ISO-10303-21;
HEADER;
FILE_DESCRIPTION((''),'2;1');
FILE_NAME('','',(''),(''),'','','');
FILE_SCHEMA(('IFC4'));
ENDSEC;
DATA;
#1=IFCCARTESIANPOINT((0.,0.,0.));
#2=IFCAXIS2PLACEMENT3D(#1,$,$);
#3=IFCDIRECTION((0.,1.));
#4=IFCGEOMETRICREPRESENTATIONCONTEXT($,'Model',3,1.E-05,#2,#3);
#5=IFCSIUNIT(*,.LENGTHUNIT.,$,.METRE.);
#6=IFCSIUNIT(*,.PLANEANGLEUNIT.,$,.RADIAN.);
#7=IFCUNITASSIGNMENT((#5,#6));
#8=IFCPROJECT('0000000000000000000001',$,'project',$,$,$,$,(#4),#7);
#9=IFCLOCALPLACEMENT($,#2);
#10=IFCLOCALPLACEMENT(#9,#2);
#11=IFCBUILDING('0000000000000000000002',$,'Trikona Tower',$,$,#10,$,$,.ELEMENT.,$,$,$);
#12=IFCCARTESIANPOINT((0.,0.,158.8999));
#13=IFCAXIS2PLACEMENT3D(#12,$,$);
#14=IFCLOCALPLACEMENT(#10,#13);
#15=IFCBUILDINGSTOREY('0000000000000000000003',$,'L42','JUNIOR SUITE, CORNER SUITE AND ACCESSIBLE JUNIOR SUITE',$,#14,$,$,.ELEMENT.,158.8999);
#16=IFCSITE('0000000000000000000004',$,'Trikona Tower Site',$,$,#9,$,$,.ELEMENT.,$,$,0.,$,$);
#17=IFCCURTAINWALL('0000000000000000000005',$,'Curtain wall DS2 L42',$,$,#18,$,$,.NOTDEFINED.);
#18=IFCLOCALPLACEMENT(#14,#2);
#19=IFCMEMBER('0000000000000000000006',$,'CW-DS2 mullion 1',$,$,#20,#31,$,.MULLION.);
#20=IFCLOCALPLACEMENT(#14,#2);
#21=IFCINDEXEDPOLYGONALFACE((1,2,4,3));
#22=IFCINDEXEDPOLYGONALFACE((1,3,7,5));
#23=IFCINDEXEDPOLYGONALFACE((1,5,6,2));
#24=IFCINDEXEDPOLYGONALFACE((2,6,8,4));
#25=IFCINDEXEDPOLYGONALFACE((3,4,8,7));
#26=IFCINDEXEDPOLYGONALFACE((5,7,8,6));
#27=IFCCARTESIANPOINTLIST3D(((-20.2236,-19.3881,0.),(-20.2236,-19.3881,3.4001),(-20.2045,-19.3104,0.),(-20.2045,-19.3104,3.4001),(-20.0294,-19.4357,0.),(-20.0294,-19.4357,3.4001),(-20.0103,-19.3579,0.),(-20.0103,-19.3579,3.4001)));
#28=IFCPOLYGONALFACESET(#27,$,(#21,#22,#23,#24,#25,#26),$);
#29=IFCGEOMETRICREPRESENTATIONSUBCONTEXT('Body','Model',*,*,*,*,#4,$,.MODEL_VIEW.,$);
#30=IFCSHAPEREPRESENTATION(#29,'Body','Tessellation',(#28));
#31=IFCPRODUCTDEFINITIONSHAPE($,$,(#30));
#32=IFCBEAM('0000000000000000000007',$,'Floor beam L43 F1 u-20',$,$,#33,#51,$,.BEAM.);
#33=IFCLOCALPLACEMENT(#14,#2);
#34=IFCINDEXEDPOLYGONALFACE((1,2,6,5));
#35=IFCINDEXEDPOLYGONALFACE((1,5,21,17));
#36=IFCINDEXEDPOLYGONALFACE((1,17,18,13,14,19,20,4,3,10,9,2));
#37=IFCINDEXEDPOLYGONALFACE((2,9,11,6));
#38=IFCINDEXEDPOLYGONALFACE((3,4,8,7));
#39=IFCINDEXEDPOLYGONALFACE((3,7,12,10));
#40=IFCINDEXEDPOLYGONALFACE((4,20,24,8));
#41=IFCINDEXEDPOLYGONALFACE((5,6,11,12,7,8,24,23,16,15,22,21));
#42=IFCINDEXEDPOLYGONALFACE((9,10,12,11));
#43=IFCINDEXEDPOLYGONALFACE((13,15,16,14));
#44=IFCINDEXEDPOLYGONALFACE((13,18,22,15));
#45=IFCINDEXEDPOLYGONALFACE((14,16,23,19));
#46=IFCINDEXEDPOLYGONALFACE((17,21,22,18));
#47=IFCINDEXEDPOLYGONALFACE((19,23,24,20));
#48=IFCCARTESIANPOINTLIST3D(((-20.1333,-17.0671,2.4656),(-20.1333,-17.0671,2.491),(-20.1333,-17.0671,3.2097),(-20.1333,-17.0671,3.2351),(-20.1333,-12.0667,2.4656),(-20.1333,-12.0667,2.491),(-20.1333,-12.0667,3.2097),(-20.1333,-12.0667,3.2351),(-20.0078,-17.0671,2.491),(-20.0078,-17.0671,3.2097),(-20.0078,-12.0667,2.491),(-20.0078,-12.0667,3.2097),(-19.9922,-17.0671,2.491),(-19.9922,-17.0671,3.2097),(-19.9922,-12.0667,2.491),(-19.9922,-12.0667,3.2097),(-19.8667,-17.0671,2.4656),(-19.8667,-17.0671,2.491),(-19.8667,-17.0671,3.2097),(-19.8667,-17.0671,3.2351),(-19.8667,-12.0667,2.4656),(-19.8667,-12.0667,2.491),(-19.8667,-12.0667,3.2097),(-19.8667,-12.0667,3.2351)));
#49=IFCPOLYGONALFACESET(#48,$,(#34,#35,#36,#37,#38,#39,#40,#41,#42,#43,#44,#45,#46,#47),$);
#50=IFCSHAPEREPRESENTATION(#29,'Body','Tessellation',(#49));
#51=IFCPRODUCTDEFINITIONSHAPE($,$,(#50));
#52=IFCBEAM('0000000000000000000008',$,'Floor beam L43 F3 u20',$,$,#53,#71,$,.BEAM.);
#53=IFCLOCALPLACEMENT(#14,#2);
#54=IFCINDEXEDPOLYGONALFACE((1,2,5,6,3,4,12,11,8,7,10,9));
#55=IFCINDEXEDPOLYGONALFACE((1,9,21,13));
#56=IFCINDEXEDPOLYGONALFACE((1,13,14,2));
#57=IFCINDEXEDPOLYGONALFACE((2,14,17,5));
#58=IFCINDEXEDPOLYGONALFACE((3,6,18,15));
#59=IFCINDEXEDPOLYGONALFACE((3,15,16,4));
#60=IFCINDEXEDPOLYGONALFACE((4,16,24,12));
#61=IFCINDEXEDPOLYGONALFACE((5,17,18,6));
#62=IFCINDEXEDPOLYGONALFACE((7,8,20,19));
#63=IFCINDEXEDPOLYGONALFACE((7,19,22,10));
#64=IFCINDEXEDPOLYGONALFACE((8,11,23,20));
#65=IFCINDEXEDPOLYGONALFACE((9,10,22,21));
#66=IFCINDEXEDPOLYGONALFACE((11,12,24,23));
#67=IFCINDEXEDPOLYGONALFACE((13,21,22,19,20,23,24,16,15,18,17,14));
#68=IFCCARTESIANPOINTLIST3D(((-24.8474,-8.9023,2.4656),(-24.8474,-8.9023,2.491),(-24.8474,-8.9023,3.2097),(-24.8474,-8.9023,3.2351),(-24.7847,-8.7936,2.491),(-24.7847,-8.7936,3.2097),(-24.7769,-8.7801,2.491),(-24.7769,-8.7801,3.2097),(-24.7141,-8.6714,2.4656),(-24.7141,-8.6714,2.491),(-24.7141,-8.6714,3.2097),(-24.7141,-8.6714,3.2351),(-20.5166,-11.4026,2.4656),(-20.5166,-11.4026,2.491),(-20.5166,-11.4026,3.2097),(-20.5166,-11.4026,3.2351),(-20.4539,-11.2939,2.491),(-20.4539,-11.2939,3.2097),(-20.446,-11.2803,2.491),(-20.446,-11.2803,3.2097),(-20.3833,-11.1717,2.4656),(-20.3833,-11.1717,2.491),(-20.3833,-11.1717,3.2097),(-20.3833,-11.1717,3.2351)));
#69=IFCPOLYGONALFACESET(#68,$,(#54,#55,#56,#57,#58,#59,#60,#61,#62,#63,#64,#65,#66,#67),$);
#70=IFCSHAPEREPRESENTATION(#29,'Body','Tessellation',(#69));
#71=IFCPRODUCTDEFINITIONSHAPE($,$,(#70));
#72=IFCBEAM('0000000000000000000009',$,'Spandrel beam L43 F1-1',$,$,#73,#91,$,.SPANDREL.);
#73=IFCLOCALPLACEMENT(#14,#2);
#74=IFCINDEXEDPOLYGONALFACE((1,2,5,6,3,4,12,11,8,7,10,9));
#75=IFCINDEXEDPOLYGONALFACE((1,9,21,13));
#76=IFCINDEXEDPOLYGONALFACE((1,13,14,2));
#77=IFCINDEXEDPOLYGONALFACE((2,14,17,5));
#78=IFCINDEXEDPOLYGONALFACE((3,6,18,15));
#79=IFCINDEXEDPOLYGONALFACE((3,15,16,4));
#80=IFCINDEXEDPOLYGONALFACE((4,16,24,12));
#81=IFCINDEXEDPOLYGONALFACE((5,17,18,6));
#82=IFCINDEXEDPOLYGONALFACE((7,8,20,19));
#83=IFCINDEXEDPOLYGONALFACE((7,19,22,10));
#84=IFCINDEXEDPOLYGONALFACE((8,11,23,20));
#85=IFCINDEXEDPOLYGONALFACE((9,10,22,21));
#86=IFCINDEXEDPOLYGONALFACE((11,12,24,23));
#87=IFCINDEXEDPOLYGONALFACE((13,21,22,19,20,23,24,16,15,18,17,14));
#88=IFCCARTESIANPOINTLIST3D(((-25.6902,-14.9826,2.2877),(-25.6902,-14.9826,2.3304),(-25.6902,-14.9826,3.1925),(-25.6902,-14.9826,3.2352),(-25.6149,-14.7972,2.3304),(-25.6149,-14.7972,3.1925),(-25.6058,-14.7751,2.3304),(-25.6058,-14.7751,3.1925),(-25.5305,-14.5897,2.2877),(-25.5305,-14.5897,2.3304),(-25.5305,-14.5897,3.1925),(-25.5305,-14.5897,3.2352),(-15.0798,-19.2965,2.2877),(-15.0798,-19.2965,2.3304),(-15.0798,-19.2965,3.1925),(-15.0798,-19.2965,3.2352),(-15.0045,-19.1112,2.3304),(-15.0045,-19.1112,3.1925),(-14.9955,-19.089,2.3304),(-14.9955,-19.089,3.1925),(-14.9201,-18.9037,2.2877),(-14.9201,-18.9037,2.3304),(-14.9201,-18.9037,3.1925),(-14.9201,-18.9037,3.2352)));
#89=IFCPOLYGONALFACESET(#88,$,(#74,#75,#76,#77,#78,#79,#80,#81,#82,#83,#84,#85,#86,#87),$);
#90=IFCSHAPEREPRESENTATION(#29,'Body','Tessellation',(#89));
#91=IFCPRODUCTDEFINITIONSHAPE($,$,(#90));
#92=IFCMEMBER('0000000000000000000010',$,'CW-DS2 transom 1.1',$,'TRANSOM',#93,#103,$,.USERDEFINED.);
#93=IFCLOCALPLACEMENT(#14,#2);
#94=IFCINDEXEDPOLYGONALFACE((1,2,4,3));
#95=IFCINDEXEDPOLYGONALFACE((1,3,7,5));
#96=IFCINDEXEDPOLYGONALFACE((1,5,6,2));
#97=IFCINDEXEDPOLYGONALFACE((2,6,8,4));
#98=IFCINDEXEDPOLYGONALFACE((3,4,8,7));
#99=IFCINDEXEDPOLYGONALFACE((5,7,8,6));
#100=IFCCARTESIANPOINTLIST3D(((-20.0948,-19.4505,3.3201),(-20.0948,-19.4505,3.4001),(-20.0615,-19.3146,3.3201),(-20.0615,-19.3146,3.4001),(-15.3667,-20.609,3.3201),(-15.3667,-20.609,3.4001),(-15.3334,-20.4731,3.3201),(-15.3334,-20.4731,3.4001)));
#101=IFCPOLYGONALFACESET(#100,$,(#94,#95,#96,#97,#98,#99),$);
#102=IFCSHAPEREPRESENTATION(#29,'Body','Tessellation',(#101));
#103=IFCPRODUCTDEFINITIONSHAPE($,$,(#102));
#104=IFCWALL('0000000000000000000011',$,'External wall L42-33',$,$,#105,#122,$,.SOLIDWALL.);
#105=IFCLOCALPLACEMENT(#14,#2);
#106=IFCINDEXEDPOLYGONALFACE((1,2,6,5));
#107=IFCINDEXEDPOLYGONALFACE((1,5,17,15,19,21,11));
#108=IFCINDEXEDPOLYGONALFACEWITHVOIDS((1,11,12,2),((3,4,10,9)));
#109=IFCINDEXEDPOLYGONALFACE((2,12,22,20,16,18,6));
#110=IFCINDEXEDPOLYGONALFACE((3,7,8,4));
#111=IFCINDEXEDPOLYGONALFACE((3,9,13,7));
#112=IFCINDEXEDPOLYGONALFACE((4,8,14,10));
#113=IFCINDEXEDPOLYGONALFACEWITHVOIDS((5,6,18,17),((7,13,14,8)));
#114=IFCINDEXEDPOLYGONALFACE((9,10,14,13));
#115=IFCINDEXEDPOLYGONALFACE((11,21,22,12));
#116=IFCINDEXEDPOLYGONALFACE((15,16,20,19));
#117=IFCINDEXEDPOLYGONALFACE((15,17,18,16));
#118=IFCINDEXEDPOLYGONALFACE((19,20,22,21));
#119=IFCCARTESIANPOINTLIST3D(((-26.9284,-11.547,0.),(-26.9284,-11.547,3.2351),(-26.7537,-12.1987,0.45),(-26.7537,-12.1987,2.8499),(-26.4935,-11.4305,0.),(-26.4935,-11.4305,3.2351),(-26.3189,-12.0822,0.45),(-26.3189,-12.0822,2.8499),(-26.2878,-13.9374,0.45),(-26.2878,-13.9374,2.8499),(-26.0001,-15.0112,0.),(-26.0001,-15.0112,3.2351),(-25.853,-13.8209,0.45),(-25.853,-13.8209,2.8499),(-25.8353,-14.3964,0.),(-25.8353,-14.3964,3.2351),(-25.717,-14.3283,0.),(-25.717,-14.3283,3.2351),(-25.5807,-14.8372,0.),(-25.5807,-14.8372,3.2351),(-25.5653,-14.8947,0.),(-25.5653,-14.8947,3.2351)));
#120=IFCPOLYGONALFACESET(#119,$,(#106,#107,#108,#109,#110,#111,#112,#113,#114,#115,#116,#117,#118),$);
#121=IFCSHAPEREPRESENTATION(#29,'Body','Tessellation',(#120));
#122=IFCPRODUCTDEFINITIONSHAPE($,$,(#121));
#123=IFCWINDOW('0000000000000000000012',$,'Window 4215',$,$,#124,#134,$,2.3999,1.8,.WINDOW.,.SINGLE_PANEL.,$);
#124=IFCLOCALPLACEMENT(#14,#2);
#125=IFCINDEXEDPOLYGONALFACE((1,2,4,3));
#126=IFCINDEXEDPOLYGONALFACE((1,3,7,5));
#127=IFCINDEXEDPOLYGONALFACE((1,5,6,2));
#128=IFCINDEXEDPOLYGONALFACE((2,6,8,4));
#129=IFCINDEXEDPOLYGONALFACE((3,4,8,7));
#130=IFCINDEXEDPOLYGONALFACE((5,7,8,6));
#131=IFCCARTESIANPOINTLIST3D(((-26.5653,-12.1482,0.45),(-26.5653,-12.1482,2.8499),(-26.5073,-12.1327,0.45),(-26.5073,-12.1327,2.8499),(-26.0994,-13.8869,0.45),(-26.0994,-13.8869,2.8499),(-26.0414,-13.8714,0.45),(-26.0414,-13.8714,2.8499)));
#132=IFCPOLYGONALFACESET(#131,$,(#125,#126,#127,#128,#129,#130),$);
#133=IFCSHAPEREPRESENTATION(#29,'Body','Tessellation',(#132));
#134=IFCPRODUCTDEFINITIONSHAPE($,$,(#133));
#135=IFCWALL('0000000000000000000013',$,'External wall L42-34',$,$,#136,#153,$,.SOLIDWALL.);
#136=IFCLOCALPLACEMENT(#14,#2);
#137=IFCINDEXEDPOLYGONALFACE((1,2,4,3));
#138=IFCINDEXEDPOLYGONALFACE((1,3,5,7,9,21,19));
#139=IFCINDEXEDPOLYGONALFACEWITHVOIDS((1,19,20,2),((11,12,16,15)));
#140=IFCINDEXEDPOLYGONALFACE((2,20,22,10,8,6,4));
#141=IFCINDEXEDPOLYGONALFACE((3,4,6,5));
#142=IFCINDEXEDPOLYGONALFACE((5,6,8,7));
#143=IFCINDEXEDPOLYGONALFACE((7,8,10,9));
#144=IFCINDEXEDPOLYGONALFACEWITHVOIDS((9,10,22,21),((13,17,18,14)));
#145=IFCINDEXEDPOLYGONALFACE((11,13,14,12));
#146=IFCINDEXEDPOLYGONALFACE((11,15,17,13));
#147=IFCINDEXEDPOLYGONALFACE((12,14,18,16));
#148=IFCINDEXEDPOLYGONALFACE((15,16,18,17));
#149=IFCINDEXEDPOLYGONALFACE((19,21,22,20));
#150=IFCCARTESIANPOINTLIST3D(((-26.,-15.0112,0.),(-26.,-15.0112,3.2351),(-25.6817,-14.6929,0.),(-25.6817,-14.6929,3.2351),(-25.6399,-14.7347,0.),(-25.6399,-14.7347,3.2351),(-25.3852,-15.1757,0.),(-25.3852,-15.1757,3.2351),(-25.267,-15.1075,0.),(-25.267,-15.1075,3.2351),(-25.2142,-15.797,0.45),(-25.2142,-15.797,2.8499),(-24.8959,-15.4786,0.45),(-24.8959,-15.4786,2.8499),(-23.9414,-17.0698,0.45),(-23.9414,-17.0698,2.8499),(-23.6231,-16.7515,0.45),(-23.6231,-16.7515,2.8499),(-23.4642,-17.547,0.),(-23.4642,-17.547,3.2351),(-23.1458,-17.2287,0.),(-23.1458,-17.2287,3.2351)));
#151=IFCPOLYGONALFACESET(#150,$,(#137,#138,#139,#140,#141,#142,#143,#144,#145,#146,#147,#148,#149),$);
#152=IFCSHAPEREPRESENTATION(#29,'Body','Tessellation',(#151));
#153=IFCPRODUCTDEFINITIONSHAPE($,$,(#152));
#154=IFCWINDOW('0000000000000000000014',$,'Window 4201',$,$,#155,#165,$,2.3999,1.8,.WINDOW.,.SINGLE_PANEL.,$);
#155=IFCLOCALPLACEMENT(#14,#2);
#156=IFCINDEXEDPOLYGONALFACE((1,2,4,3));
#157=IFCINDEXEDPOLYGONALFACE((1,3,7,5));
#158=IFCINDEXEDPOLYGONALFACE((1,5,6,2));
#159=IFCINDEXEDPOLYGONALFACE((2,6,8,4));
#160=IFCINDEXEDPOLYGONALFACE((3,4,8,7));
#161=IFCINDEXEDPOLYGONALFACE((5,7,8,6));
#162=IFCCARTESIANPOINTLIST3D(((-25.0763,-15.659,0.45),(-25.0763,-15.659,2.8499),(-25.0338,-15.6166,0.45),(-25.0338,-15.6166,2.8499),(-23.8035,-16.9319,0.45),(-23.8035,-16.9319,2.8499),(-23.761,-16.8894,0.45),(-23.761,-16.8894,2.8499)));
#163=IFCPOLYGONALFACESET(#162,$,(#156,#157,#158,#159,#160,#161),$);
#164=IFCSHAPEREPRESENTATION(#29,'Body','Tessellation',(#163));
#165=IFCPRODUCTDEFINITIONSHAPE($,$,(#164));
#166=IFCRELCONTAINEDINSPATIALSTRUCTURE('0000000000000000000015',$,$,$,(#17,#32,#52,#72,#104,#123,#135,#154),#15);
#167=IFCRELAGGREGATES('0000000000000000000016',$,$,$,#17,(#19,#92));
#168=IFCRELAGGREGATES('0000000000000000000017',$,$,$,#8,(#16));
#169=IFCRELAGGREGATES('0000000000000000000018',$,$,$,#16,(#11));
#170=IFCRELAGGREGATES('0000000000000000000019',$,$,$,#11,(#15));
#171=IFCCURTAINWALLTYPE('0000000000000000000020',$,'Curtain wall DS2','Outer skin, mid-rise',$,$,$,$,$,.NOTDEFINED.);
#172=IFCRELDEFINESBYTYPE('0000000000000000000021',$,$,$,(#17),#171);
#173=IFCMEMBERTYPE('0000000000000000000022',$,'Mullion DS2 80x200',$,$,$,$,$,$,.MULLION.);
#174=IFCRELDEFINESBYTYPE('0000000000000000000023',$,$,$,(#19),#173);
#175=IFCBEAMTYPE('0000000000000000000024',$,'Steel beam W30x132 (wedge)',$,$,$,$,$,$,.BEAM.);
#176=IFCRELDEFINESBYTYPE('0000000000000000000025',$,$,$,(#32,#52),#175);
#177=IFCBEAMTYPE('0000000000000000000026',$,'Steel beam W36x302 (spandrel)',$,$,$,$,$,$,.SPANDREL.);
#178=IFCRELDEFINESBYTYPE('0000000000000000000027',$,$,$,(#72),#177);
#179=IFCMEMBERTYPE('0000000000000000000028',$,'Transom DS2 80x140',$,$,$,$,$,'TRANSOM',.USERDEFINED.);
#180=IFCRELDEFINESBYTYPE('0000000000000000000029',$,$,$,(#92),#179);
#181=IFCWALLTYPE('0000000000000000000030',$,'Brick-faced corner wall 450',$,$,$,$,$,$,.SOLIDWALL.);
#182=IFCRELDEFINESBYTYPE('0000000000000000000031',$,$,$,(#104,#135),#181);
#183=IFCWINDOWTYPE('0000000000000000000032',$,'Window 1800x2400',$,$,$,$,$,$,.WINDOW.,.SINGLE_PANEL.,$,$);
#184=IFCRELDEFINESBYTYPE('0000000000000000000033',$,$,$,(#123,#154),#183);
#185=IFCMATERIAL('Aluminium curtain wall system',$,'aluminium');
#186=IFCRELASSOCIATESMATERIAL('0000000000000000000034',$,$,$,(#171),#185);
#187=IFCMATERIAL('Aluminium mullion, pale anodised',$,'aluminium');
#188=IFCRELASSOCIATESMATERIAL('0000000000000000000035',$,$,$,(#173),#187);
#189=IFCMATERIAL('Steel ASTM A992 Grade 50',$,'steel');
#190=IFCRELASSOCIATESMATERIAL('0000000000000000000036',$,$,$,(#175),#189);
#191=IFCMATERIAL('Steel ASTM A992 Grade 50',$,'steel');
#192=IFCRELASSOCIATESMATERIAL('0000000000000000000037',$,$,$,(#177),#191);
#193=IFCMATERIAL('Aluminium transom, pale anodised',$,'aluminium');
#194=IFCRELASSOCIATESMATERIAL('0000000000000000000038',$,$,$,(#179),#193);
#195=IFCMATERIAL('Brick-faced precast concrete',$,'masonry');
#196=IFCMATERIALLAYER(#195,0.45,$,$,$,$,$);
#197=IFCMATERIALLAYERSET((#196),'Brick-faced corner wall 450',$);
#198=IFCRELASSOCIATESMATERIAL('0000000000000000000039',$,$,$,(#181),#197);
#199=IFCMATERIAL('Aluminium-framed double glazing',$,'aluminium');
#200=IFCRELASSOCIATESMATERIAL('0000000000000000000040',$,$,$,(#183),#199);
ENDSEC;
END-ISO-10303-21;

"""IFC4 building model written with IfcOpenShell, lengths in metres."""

from ifc_helpers import new_model, si_unit, direction, frame, frame_2d, origin, origin_2d, place, context, subcontext, project, spatial, polyline, rectangle, i_section, outline, extrude, material, layer, layer_set, material_profile, profile_set, type_object, element, fill, aggregate, save


model = new_model("IFC4")

# Units and contexts
model_context = context("Model", 3, precision=1e-05, world=origin(), true_north=direction((0.0, 1.0)))
body_context = subcontext(model_context, "Body", "Model", "MODEL_VIEW")
ifc_project = project(units=[si_unit("LENGTHUNIT", "METRE"), si_unit("PLANEANGLEUNIT", "RADIAN")], contexts=[model_context])

# Site, building, storey
site_placement = place(None, origin())
site = spatial("IfcSite", under=ifc_project, at=site_placement, Name="Trikona Tower Site", CompositionType="ELEMENT", RefElevation=0.0)
building_placement = place(site_placement, origin())
building = spatial("IfcBuilding", under=site, at=building_placement, Name="Trikona Tower", CompositionType="ELEMENT")
storey_placement = place(building_placement, frame((0.0, 0.0, 158.8999)))
storey = spatial("IfcBuildingStorey", under=building, at=storey_placement, Name="L42", Description="JUNIOR SUITE, CORNER SUITE AND ACCESSIBLE JUNIOR SUITE", CompositionType="ELEMENT", Elevation=158.8999)

# Curtain wall, member
ifc_material_1 = material(Name="Aluminium curtain wall system", Category="aluminium")
curtain_wall_type = type_object("IfcCurtainWallType", Name="Curtain wall DS2", Description="Outer skin, mid-rise", PredefinedType="NOTDEFINED", material=ifc_material_1)
curtain_wall_placement = place(storey_placement, origin())
curtain_wall = element("IfcCurtainWall", 1, at=curtain_wall_placement, inside=storey, type_object=curtain_wall_type, Name="Curtain wall DS2 L42", PredefinedType="NOTDEFINED")
ifc_material_2 = material(Name="Aluminium mullion, pale anodised", Category="aluminium")
ifc_material_profile_1 = material_profile(ifc_material_2, rectangle(XDim=0.0801, YDim=0.2, at=origin_2d()), Name="MUL-DS2")
ifc_profile_set_1 = profile_set([ifc_material_profile_1], Name="Aluminium mullion, pale anodised")
member_type_1 = type_object("IfcMemberType", Name="Mullion DS2 80x200", PredefinedType="MULLION", material=ifc_profile_set_1)
member_1_placement = place(storey_placement, frame((-20.1169, -19.373, 0.0), z_axis=(0.0, 0.0, 1.0), x_axis=(0.23797, 0.971272, 0.0)))
member_1 = element("IfcMember", 2, at=member_1_placement, type_object=member_type_1, Name="CW-DS2 mullion 1", PredefinedType="MULLION", context=body_context, shape_type="SweptSolid", body=[
    extrude(rectangle(XDim=0.0801, YDim=0.2, at=origin_2d()), origin(), (0.0, 0.0, 1.0), 3.4001),
])

# Beams
ifc_material_3 = material(Name="Steel ASTM A992 Grade 50", Category="steel")
ifc_material_profile_2 = material_profile(ifc_material_3, i_section(OverallWidth=0.2666, OverallDepth=0.7695, WebThickness=0.0156, FlangeThickness=0.0254, at=origin_2d()), Name="W30X132")
ifc_profile_set_2 = profile_set([ifc_material_profile_2], Name="Steel ASTM A992 Grade 50")
beam_type_1 = type_object("IfcBeamType", Name="Steel beam W30x132 (wedge)", PredefinedType="BEAM", material=ifc_profile_set_2)
beam_1_placement = place(storey_placement, frame((-20.0, -12.0667, 2.8503), z_axis=(0.0, -1.0, 0.0), x_axis=(1.0, 0.0, 0.0)))
element("IfcBeam", 3, at=beam_1_placement, inside=storey, type_object=beam_type_1, Name="Floor beam L43 F1 u-20", PredefinedType="BEAM", context=body_context, shape_type="SweptSolid", body=[
    extrude(i_section(OverallWidth=0.2666, OverallDepth=0.7695, WebThickness=0.0156, FlangeThickness=0.0254, at=origin_2d()), origin(), (0.0, 0.0, 1.0), 5.0005),
])
beam_2_placement = place(storey_placement, frame((-20.45, -11.2871, 2.8503), z_axis=(-0.866038, 0.499977, 0.0), x_axis=(-0.499977, -0.866038, 0.0)))
element("IfcBeam", 4, at=beam_2_placement, inside=storey, type_object=beam_type_1, Name="Floor beam L43 F3 u20", PredefinedType="BEAM", context=body_context, shape_type="SweptSolid", body=[
    extrude(i_section(OverallWidth=0.2666, OverallDepth=0.7695, WebThickness=0.0156, FlangeThickness=0.0254, at=origin_2d()), origin(), (0.0, 0.0, 1.0), 5.0007),
])
ifc_material_4 = material(Name="Steel ASTM A992 Grade 50", Category="steel")
ifc_material_profile_3 = material_profile(ifc_material_4, i_section(OverallWidth=0.4241, OverallDepth=0.9475, WebThickness=0.0239, FlangeThickness=0.0427, at=origin_2d()), Name="W36X302")
ifc_profile_set_3 = profile_set([ifc_material_profile_3], Name="Steel ASTM A992 Grade 50")
beam_type_2 = type_object("IfcBeamType", Name="Steel beam W36x302 (spandrel)", PredefinedType="SPANDREL", material=ifc_profile_set_3)
beam_3_placement = place(storey_placement, frame((-25.6104, -14.7861, 2.7615), z_axis=(0.92636, -0.37664, 0.0), x_axis=(0.37664, 0.92636, 0.0)))
element("IfcBeam", 5, at=beam_3_placement, inside=storey, type_object=beam_type_2, Name="Spandrel beam L43 F1-1", PredefinedType="SPANDREL", context=body_context, shape_type="SweptSolid", body=[
    extrude(i_section(OverallWidth=0.4241, OverallDepth=0.9475, WebThickness=0.0239, FlangeThickness=0.0427, at=origin_2d()), origin(), (0.0, 0.0, 1.0), 11.4539),
])

# Member
ifc_material_5 = material(Name="Aluminium transom, pale anodised", Category="aluminium")
ifc_material_profile_4 = material_profile(ifc_material_5, rectangle(XDim=0.1399, YDim=0.0801, at=origin_2d()), Name="TRN-DS2")
ifc_profile_set_4 = profile_set([ifc_material_profile_4], Name="Aluminium transom, pale anodised")
member_type_2 = type_object("IfcMemberType", Name="Transom DS2 80x140", ElementType="TRANSOM", PredefinedType="USERDEFINED", material=ifc_profile_set_4)
member_2_placement = place(storey_placement, frame((-20.0781, -19.3826, 3.3601), z_axis=(0.971271, -0.237978, 0.0), x_axis=(0.237978, 0.971271, 0.0)))
member_2 = element("IfcMember", 6, at=member_2_placement, type_object=member_type_2, Name="CW-DS2 transom 1.1", ObjectType="TRANSOM", PredefinedType="USERDEFINED", context=body_context, shape_type="SweptSolid", body=[
    extrude(rectangle(XDim=0.1399, YDim=0.0801, at=origin_2d()), origin(), (0.0, 0.0, 1.0), 4.8679),
])
aggregate(curtain_wall, [member_1, member_2])

# Walls, openings, windows
ifc_material_6 = material(Name="Brick-faced precast concrete", Category="masonry")
ifc_layer_1 = layer(ifc_material_6, 0.45)
ifc_layer_set_1 = layer_set([ifc_layer_1], Name="Brick-faced corner wall 450")
wall_type_1 = type_object("IfcWallType", Name="Brick-faced corner wall 450", PredefinedType="SOLIDWALL", material=ifc_layer_set_1)
wall_1_placement = place(storey_placement, frame((-26.7109, -11.4888, 0.0), z_axis=(0.0, 0.0, 1.0), x_axis=(0.258823, -0.965925, 0.0)))
wall_1 = element("IfcWall", 7, at=wall_1_placement, inside=storey, type_object=wall_type_1, Name="External wall L42-33", PredefinedType="SOLIDWALL", context=body_context, shape_type="SweptSolid", body=[
    extrude(outline(polyline([(3.5864, 0.2251), (3.5269, 0.2251), (3.0352, 0.0933), (3.0, 0.2251), (0.0, 0.2251), (0.0, -0.2251), (3.5864, -0.2251), (3.5864, 0.2251)])), origin(), (0.0, 0.0, 1.0), 3.2351),
])
opening_1_placement = place(wall_1_placement, frame((0.6748, 0.0, 0.45)))
opening_1 = element("IfcOpeningElement", 8, at=opening_1_placement, cuts=wall_1, PredefinedType="OPENING", context=body_context, shape_type="SweptSolid", body=[
    extrude(rectangle(XDim=1.8, YDim=2.3999, at=frame_2d((0.8999, 1.2))), frame((0.0, 0.2349, 0.0), z_axis=(0.0, -1.0, 0.0), x_axis=(1.0, 0.0, 0.0)), (0.0, 0.0, 1.0), 0.47),
])
ifc_material_7 = material(Name="Aluminium-framed double glazing", Category="aluminium")
window_type_1 = type_object("IfcWindowType", Name="Window 1800x2400", PartitioningType="SINGLE_PANEL", PredefinedType="WINDOW", material=ifc_material_7)
window_1_placement = place(opening_1_placement, origin())
window_1 = element("IfcWindow", 9, at=window_1_placement, inside=storey, type_object=window_type_1, Name="Window 4215", OverallHeight=2.3999, OverallWidth=1.8, PartitioningType="SINGLE_PANEL", PredefinedType="WINDOW", context=body_context, shape_type="SweptSolid", body=[
    extrude(rectangle(XDim=1.8, YDim=2.3999, at=frame_2d((0.8999, 1.2))), frame((0.0, 0.03, 0.0), z_axis=(0.0, -1.0, 0.0), x_axis=(1.0, 0.0, 0.0)), (0.0, 0.0, 1.0), 0.0601),
])
fill(opening_1, window_1)
wall_2_placement = place(storey_placement, frame((-25.8408, -14.8521, 0.0), z_axis=(0.0, 0.0, 1.0), x_axis=(0.707107, -0.707107, 0.0)))
wall_2 = element("IfcWall", 10, at=wall_2_placement, inside=storey, type_object=wall_type_1, Name="External wall L42-34", PredefinedType="SOLIDWALL", context=body_context, shape_type="SweptSolid", body=[
    extrude(outline(polyline([(3.5862, 0.2251), (0.5864, 0.2251), (0.551, 0.0933), (0.0591, 0.2251), (0.0, 0.2251), (0.0, -0.2251), (3.5862, -0.2251), (3.5862, 0.2251)])), origin(), (0.0, 0.0, 1.0), 3.2351),
])
opening_2_placement = place(wall_2_placement, frame((1.1113, 0.0, 0.45)))
opening_2 = element("IfcOpeningElement", 11, at=opening_2_placement, cuts=wall_2, PredefinedType="OPENING", context=body_context, shape_type="SweptSolid", body=[
    extrude(rectangle(XDim=1.8, YDim=2.3999, at=frame_2d((0.8999, 1.2))), frame((0.0, 0.2349, 0.0), z_axis=(0.0, -1.0, 0.0), x_axis=(1.0, 0.0, 0.0)), (0.0, 0.0, 1.0), 0.47),
])
window_2_placement = place(opening_2_placement, origin())
window_2 = element("IfcWindow", 12, at=window_2_placement, inside=storey, type_object=window_type_1, Name="Window 4201", OverallHeight=2.3999, OverallWidth=1.8, PartitioningType="SINGLE_PANEL", PredefinedType="WINDOW", context=body_context, shape_type="SweptSolid", body=[
    extrude(rectangle(XDim=1.8, YDim=2.3999, at=frame_2d((0.8999, 1.2))), frame((0.0, 0.03, 0.0), z_axis=(0.0, -1.0, 0.0), x_axis=(1.0, 0.0, 0.0)), (0.0, 0.0, 1.0), 0.0601),
])
fill(opening_2, window_2)

save(model, "model.ifc")
